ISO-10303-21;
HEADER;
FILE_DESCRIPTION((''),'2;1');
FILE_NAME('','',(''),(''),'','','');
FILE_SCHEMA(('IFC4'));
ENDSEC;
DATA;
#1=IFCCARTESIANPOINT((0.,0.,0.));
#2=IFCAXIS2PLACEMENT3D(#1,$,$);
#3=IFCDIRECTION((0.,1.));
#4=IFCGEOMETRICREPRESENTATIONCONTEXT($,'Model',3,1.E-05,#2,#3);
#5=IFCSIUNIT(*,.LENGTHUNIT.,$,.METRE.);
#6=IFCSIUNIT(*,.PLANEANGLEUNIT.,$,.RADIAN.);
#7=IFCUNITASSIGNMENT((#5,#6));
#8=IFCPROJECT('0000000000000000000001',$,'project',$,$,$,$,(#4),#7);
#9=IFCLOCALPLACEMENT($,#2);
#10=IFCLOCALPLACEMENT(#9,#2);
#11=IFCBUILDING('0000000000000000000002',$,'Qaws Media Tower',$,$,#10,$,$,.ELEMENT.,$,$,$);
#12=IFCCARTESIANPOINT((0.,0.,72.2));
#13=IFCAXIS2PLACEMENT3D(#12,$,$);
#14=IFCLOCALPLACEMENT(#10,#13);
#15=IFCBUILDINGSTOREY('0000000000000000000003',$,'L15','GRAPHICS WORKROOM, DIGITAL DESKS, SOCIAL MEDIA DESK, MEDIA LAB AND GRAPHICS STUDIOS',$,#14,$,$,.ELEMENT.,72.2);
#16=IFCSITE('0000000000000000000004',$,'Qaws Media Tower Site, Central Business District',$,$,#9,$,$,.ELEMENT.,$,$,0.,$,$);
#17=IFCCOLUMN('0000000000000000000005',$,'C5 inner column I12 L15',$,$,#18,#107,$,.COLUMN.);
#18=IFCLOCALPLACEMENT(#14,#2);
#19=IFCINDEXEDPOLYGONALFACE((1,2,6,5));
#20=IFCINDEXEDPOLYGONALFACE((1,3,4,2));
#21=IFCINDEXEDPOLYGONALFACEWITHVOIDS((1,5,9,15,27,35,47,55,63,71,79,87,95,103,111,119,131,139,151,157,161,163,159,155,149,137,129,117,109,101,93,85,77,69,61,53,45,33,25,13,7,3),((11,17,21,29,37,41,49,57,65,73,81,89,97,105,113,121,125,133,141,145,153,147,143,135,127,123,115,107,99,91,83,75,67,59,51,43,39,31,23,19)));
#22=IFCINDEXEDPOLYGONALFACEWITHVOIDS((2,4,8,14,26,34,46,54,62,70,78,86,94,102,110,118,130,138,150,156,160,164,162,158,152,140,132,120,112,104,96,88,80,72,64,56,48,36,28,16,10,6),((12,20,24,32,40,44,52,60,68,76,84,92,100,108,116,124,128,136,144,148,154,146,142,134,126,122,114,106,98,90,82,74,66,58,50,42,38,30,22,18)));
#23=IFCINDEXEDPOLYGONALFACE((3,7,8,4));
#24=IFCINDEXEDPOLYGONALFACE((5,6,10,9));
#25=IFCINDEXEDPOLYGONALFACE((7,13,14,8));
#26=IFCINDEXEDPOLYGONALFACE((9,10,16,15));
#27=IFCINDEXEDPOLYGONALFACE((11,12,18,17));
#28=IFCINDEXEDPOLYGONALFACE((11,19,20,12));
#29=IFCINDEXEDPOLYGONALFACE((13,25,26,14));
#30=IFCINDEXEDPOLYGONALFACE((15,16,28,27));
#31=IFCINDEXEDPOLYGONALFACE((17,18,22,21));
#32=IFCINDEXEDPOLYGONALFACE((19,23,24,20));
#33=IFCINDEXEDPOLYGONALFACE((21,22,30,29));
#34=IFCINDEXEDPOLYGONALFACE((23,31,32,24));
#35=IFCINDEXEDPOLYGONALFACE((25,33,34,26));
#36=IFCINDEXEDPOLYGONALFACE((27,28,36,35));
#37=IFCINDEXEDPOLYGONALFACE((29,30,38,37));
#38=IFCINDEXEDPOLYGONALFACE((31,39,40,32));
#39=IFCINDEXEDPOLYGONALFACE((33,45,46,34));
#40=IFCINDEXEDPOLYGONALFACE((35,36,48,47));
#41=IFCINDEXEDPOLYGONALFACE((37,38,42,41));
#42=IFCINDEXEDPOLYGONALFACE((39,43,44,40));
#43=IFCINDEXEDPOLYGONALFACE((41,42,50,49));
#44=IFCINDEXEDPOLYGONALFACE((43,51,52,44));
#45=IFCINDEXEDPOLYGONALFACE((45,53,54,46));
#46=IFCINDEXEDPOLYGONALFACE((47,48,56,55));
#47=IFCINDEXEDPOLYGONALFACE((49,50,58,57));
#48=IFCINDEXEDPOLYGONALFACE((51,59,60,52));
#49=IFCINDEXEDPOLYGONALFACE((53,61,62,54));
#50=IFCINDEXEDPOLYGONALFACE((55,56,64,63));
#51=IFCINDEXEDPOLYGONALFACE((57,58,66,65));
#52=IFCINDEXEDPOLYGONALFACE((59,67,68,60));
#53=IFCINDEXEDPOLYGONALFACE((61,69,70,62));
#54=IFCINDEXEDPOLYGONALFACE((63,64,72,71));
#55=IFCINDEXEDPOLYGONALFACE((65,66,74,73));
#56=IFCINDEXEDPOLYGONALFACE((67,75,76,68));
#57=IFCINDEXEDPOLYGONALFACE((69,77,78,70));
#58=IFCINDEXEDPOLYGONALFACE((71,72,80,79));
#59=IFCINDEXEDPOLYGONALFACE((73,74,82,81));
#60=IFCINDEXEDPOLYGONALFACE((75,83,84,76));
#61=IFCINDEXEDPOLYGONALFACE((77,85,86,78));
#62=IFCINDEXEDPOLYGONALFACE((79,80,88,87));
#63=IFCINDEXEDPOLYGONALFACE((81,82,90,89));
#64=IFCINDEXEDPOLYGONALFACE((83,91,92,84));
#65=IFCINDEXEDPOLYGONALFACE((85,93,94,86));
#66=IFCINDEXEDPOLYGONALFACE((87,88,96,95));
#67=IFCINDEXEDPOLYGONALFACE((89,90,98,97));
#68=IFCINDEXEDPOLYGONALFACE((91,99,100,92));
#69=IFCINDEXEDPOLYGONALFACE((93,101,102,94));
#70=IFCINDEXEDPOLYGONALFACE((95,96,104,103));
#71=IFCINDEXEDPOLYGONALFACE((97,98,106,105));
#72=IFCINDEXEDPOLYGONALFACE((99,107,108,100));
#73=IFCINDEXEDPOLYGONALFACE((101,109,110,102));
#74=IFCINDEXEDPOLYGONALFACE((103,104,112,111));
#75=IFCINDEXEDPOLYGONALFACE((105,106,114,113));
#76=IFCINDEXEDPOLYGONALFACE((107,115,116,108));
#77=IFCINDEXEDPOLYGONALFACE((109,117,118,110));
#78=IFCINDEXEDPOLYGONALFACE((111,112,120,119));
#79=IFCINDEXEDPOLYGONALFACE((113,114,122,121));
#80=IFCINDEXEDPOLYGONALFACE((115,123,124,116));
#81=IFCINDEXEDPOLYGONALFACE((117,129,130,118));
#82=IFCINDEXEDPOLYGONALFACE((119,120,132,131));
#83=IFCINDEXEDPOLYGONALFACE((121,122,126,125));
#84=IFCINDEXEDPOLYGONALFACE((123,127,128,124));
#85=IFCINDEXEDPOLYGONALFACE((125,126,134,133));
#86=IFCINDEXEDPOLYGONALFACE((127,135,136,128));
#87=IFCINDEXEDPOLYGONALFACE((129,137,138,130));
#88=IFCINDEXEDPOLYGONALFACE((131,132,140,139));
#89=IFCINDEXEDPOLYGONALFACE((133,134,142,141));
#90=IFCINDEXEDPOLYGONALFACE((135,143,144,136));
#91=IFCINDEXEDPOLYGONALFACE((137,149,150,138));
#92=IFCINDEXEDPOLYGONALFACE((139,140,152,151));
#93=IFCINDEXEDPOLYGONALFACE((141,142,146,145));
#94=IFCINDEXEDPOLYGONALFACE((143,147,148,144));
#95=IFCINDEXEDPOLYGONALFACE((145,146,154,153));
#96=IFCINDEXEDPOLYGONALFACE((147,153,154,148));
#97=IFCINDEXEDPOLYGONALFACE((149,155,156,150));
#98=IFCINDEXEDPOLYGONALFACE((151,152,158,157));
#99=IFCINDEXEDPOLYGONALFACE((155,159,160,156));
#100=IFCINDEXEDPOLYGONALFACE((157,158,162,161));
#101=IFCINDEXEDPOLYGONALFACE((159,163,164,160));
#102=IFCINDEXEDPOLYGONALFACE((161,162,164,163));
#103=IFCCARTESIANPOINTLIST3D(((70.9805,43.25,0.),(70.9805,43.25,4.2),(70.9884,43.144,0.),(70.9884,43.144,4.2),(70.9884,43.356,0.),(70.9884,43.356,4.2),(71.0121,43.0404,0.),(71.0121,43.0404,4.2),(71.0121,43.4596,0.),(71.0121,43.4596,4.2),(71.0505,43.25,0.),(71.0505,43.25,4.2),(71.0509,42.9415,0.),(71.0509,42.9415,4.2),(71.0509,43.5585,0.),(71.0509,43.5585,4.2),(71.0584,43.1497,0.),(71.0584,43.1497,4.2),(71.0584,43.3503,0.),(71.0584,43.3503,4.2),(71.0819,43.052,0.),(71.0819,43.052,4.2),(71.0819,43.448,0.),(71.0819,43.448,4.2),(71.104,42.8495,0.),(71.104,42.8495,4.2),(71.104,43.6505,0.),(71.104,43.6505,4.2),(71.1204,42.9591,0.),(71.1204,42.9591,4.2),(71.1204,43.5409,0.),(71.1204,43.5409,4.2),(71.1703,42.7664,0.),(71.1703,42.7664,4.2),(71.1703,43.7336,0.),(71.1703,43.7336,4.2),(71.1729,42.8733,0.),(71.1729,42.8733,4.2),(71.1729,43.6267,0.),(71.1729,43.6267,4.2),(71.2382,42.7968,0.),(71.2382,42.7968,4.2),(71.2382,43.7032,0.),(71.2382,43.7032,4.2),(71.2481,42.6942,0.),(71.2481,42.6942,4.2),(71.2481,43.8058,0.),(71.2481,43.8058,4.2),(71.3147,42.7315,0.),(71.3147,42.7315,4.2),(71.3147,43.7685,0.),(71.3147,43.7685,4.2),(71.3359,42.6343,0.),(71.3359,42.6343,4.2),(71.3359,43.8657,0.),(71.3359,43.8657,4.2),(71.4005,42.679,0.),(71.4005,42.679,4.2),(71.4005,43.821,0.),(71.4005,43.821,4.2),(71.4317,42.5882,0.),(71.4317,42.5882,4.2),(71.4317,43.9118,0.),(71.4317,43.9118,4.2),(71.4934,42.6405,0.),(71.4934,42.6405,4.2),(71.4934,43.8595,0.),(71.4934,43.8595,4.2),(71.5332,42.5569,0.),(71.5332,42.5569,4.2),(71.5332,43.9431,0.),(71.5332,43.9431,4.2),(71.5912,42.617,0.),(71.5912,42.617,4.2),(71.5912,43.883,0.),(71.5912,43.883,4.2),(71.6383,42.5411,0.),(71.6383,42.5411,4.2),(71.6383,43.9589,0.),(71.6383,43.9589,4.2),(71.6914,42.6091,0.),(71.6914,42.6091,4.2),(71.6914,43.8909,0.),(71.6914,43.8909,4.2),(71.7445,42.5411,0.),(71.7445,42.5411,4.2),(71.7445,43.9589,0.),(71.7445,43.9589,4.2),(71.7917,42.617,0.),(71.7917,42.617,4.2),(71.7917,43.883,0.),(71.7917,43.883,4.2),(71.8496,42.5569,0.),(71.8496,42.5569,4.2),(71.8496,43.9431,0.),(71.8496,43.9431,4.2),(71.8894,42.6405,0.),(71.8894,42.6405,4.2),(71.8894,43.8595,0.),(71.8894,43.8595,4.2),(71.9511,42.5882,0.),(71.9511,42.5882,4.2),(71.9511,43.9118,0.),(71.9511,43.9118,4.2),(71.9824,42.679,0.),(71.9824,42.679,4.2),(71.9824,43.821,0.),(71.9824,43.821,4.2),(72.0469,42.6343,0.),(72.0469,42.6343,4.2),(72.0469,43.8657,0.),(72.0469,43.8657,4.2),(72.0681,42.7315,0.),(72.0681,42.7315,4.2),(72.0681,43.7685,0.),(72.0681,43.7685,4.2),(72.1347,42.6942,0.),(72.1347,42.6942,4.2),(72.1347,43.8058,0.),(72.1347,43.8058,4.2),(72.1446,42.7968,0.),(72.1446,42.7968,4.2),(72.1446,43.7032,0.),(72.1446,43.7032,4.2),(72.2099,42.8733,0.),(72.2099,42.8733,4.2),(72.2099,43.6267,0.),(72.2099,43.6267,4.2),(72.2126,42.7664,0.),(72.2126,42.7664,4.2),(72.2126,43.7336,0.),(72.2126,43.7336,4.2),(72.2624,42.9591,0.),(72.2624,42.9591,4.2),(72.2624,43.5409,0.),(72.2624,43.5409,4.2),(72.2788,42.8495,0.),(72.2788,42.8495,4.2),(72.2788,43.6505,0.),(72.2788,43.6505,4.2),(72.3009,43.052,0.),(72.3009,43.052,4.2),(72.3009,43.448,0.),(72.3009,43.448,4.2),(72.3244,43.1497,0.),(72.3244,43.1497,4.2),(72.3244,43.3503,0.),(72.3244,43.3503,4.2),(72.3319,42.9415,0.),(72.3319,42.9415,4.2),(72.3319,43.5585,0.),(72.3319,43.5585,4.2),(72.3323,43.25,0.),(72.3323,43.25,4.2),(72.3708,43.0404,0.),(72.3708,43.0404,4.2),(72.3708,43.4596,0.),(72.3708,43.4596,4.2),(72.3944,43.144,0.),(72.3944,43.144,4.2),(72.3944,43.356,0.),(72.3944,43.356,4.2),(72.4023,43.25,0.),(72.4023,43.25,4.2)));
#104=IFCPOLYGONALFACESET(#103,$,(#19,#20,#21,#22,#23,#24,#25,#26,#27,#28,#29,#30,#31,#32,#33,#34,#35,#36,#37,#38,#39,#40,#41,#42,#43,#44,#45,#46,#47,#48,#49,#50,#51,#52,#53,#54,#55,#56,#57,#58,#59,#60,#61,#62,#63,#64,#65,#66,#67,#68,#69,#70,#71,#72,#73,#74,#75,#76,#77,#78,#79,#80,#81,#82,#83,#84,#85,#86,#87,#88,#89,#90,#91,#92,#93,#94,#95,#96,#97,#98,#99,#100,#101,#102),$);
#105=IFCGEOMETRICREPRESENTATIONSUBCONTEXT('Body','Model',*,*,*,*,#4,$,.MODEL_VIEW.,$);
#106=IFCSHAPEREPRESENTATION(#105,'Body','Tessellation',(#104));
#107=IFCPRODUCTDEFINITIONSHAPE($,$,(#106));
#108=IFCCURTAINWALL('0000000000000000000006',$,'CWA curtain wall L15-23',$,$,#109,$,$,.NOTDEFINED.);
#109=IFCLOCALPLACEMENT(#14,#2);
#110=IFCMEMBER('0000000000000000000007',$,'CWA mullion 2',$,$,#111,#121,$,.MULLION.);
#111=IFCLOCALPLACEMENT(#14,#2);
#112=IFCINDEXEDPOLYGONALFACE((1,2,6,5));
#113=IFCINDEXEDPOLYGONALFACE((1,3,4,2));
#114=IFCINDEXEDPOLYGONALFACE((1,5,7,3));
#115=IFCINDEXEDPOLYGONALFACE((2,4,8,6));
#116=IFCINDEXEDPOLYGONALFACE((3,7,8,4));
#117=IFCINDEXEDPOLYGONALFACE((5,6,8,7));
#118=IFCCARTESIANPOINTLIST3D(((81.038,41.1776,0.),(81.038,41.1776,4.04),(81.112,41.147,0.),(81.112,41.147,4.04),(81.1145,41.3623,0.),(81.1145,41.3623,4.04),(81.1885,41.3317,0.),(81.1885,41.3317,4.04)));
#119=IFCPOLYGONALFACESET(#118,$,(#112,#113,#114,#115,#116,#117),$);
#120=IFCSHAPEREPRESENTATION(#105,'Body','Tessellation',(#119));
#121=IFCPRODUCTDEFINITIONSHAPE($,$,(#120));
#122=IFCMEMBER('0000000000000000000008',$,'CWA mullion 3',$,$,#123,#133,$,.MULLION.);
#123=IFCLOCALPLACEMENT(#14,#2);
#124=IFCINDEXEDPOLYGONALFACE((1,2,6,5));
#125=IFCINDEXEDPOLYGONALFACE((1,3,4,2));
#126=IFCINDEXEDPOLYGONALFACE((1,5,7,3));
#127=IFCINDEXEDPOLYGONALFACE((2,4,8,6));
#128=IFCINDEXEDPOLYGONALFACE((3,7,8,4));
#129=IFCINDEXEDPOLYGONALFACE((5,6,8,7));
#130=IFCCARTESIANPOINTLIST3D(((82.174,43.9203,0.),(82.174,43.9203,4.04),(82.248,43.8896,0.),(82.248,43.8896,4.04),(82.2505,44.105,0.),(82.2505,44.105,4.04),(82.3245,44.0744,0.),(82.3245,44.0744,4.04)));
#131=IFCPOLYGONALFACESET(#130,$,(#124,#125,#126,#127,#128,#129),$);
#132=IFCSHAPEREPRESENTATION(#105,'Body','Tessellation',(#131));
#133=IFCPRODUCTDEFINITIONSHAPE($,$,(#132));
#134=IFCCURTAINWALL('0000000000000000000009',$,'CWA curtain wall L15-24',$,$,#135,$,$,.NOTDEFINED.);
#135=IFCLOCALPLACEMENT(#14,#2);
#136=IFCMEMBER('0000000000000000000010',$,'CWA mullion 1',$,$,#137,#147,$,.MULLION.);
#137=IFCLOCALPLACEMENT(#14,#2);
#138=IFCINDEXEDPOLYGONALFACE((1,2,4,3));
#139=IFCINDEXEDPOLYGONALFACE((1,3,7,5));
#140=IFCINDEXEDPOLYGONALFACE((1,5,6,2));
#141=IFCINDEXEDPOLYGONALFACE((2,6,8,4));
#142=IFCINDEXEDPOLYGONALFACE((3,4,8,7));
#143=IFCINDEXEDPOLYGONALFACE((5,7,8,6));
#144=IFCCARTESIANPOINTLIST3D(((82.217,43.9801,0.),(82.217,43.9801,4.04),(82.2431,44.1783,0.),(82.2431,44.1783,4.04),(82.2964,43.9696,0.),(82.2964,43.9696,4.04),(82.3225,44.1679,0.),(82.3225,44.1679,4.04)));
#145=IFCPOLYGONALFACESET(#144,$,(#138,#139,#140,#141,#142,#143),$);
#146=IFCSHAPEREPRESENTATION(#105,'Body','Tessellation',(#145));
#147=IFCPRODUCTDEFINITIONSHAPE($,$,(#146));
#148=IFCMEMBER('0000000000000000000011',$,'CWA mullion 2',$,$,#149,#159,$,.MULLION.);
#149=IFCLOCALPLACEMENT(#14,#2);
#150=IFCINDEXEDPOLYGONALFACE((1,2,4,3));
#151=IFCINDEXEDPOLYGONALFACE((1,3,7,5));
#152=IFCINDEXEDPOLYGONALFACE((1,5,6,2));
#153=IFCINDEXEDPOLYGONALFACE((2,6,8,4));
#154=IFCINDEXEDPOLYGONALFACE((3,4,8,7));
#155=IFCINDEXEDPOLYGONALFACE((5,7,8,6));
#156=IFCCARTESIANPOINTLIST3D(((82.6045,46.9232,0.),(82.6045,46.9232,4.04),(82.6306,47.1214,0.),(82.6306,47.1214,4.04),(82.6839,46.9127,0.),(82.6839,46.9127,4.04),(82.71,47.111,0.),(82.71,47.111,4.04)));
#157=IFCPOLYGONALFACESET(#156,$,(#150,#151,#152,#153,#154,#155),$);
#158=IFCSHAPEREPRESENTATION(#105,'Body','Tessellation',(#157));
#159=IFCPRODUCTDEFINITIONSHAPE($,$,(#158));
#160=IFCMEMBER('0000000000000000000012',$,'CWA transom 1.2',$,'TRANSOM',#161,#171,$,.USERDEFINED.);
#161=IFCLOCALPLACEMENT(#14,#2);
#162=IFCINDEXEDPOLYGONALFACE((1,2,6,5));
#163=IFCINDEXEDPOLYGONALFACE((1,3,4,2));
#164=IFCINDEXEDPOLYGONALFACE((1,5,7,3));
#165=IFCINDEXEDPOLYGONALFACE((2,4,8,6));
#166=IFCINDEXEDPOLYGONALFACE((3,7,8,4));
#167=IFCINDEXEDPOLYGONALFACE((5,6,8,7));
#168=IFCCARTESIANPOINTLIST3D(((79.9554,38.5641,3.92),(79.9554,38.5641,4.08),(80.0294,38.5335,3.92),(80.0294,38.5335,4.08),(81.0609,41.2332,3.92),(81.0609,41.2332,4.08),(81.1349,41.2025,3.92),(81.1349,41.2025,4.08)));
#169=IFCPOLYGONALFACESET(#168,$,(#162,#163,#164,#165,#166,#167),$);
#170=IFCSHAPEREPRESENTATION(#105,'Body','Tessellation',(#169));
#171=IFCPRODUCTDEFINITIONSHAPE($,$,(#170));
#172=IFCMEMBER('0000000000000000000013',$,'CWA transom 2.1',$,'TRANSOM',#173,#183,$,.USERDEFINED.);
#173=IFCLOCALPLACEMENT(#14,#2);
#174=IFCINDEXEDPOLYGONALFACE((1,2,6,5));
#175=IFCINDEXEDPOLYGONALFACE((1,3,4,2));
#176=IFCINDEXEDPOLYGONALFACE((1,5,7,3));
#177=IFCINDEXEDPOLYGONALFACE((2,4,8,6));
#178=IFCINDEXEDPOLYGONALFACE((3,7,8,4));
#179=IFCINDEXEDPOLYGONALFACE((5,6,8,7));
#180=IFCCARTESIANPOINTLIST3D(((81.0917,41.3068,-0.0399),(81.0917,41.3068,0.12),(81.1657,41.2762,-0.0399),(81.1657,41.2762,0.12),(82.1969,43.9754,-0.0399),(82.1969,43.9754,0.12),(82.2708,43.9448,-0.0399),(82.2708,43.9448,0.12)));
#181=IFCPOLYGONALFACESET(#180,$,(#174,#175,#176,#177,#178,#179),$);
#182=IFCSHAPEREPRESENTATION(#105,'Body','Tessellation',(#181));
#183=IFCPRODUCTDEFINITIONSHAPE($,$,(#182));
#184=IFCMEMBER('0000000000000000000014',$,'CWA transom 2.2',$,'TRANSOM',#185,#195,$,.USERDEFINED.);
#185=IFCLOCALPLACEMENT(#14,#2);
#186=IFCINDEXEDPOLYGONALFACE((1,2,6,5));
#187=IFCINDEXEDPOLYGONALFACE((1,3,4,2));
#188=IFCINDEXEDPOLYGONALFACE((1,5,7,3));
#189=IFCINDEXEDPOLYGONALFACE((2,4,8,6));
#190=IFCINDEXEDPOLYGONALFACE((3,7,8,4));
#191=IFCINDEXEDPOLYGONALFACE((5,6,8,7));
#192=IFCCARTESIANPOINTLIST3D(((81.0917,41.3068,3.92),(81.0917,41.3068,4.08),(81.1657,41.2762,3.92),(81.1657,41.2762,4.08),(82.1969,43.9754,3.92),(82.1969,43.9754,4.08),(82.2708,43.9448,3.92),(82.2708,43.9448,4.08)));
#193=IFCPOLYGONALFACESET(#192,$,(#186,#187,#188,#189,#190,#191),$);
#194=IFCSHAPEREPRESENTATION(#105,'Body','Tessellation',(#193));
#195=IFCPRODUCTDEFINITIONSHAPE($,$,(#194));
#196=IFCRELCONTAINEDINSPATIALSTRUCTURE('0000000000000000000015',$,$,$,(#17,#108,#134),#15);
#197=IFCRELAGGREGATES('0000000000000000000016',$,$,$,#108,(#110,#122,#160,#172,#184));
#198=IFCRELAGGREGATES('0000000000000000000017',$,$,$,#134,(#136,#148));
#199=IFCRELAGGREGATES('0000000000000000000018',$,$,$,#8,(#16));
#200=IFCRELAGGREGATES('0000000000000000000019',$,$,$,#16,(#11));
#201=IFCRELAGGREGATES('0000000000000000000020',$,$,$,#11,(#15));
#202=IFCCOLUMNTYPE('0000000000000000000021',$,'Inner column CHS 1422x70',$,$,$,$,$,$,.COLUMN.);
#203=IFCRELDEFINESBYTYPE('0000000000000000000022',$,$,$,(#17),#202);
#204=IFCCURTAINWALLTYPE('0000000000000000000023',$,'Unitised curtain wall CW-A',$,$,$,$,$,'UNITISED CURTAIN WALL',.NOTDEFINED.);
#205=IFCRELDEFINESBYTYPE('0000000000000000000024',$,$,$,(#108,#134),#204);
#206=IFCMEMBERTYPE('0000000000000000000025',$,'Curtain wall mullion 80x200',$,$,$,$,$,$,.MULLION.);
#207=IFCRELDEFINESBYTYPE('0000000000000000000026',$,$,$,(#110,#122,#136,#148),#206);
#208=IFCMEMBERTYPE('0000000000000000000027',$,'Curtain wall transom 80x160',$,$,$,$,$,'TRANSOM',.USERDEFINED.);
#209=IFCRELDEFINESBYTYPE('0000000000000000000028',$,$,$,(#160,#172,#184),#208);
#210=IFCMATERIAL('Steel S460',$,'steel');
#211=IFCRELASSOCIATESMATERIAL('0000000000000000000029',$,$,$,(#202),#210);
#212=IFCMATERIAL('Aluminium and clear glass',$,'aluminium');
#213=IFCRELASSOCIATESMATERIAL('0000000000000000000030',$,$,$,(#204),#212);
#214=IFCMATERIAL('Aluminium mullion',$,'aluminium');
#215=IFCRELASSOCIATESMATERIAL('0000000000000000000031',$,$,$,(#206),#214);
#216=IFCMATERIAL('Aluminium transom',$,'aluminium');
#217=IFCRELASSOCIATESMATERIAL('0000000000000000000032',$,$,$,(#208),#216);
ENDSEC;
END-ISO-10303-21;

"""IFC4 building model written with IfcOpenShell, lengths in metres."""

from ifc_helpers import new_model, si_unit, direction, frame, origin, origin_2d, place, context, subcontext, project, spatial, rectangle, hollow_circle, extrude, material, material_profile, profile_set, type_object, element, aggregate, save


model = new_model("IFC4")

# Units and contexts
model_context = context("Model", 3, precision=1e-05, world=origin(), true_north=direction((0.0, 1.0)))
body_context = subcontext(model_context, "Body", "Model", "MODEL_VIEW")
ifc_project = project(units=[si_unit("LENGTHUNIT", "METRE"), si_unit("PLANEANGLEUNIT", "RADIAN")], contexts=[model_context])

# Site, building, storey
site_placement = place(None, origin())
site = spatial("IfcSite", under=ifc_project, at=site_placement, Name="Qaws Media Tower Site, Central Business District", CompositionType="ELEMENT", RefElevation=0.0)
building_placement = place(site_placement, origin())
building = spatial("IfcBuilding", under=site, at=building_placement, Name="Qaws Media Tower", CompositionType="ELEMENT")
storey_placement = place(building_placement, frame((0.0, 0.0, 72.2)))
storey = spatial("IfcBuildingStorey", under=building, at=storey_placement, Name="L15", Description="GRAPHICS WORKROOM, DIGITAL DESKS, SOCIAL MEDIA DESK, MEDIA LAB AND GRAPHICS STUDIOS", CompositionType="ELEMENT", Elevation=72.2)

# Column
ifc_material_1 = material(Name="Steel S460", Category="steel")
ifc_material_profile_1 = material_profile(ifc_material_1, hollow_circle(Radius=0.7109, WallThickness=0.0701, at=origin_2d()), Name="CHS 1422x70")
ifc_profile_set_1 = profile_set([ifc_material_profile_1], Name="Steel S460")
column_type = type_object("IfcColumnType", Name="Inner column CHS 1422x70", PredefinedType="COLUMN", material=ifc_profile_set_1)
column_placement = place(storey_placement, frame((71.6914, 43.25, 0.0), z_axis=(0.0, 0.0, 1.0), x_axis=(1.0, 0.0, 0.0)))
element("IfcColumn", 1, at=column_placement, inside=storey, type_object=column_type, Name="C5 inner column I12 L15", PredefinedType="COLUMN", context=body_context, shape_type="SweptSolid", body=[
    extrude(hollow_circle(Radius=0.7109, WallThickness=0.0701, at=origin_2d()), origin(), (0.0, 0.0, 1.0), 4.2),
])

# Curtain walls, members
ifc_material_2 = material(Name="Aluminium and clear glass", Category="aluminium")
curtain_wall_type = type_object("IfcCurtainWallType", Name="Unitised curtain wall CW-A", ElementType="UNITISED CURTAIN WALL", PredefinedType="NOTDEFINED", material=ifc_material_2)
curtain_wall_1_placement = place(storey_placement, origin())
curtain_wall_1 = element("IfcCurtainWall", 2, at=curtain_wall_1_placement, inside=storey, type_object=curtain_wall_type, Name="CWA curtain wall L15-23", PredefinedType="NOTDEFINED")
ifc_material_3 = material(Name="Aluminium mullion", Category="aluminium")
ifc_material_profile_2 = material_profile(ifc_material_3, rectangle(XDim=0.0801, YDim=0.2, at=origin_2d()), Name="80x200")
ifc_profile_set_2 = profile_set([ifc_material_profile_2], Name="Aluminium mullion")
member_type_1 = type_object("IfcMemberType", Name="Curtain wall mullion 80x200", PredefinedType="MULLION", material=ifc_profile_set_2)
member_1_placement = place(storey_placement, frame((81.1133, 41.2546, 0.0), z_axis=(0.0, 0.0, 1.0), x_axis=(-0.92388, 0.382683, 0.0)))
member_1 = element("IfcMember", 3, at=member_1_placement, type_object=member_type_1, Name="CWA mullion 2", PredefinedType="MULLION", context=body_context, shape_type="SweptSolid", body=[
    extrude(rectangle(XDim=0.0801, YDim=0.2, at=origin_2d()), origin(), (0.0, 0.0, 1.0), 4.04),
])
member_2_placement = place(storey_placement, frame((82.2493, 43.9973, 0.0), z_axis=(0.0, 0.0, 1.0), x_axis=(-0.92388, 0.382683, 0.0)))
member_2 = element("IfcMember", 4, at=member_2_placement, type_object=member_type_1, Name="CWA mullion 3", PredefinedType="MULLION", context=body_context, shape_type="SweptSolid", body=[
    extrude(rectangle(XDim=0.0801, YDim=0.2, at=origin_2d()), origin(), (0.0, 0.0, 1.0), 4.04),
])
curtain_wall_2_placement = place(storey_placement, origin())
curtain_wall_2 = element("IfcCurtainWall", 5, at=curtain_wall_2_placement, inside=storey, type_object=curtain_wall_type, Name="CWA curtain wall L15-24", PredefinedType="NOTDEFINED")
member_3_placement = place(storey_placement, frame((82.2698, 44.074, 0.0), z_axis=(0.0, 0.0, 1.0), x_axis=(-0.991445, 0.130526, 0.0)))
member_3 = element("IfcMember", 6, at=member_3_placement, type_object=member_type_1, Name="CWA mullion 1", PredefinedType="MULLION", context=body_context, shape_type="SweptSolid", body=[
    extrude(rectangle(XDim=0.0801, YDim=0.2, at=origin_2d()), origin(), (0.0, 0.0, 1.0), 4.04),
])
member_4_placement = place(storey_placement, frame((82.6572, 47.0171, 0.0), z_axis=(0.0, 0.0, 1.0), x_axis=(-0.991445, 0.130526, 0.0)))
member_4 = element("IfcMember", 7, at=member_4_placement, type_object=member_type_1, Name="CWA mullion 2", PredefinedType="MULLION", context=body_context, shape_type="SweptSolid", body=[
    extrude(rectangle(XDim=0.0801, YDim=0.2, at=origin_2d()), origin(), (0.0, 0.0, 1.0), 4.04),
])

# Members
ifc_material_4 = material(Name="Aluminium transom", Category="aluminium")
ifc_material_profile_3 = material_profile(ifc_material_4, rectangle(XDim=0.0801, YDim=0.1599, at=origin_2d()), Name="80x160")
ifc_profile_set_3 = profile_set([ifc_material_profile_3], Name="Aluminium transom")
member_type_2 = type_object("IfcMemberType", Name="Curtain wall transom 80x160", ElementType="TRANSOM", PredefinedType="USERDEFINED", material=ifc_profile_set_3)
member_5_placement = place(storey_placement, frame((79.9924, 38.5488, 4.0), z_axis=(0.38267, 0.923885, 0.0), x_axis=(-0.923885, 0.38267, 0.0)))
member_5 = element("IfcMember", 8, at=member_5_placement, type_object=member_type_2, Name="CWA transom 1.2", ObjectType="TRANSOM", PredefinedType="USERDEFINED", context=body_context, shape_type="SweptSolid", body=[
    extrude(rectangle(XDim=0.0801, YDim=0.1599, at=origin_2d()), origin(), (0.0, 0.0, 1.0), 2.8889),
])
member_6_placement = place(storey_placement, frame((81.1287, 41.2915, 0.04), z_axis=(0.382628, 0.923902, 0.0), x_axis=(-0.923902, 0.382628, 0.0)))
member_6 = element("IfcMember", 9, at=member_6_placement, type_object=member_type_2, Name="CWA transom 2.1", ObjectType="TRANSOM", PredefinedType="USERDEFINED", context=body_context, shape_type="SweptSolid", body=[
    extrude(rectangle(XDim=0.0801, YDim=0.1599, at=origin_2d()), origin(), (0.0, 0.0, 1.0), 2.8884),
])
member_7_placement = place(storey_placement, frame((81.1287, 41.2915, 4.0), z_axis=(0.382628, 0.923902, 0.0), x_axis=(-0.923902, 0.382628, 0.0)))
member_7 = element("IfcMember", 10, at=member_7_placement, type_object=member_type_2, Name="CWA transom 2.2", ObjectType="TRANSOM", PredefinedType="USERDEFINED", context=body_context, shape_type="SweptSolid", body=[
    extrude(rectangle(XDim=0.0801, YDim=0.1599, at=origin_2d()), origin(), (0.0, 0.0, 1.0), 2.8884),
])

aggregate(curtain_wall_1, [member_1, member_2, member_5, member_6, member_7])
aggregate(curtain_wall_2, [member_3, member_4])

save(model, "model.ifc")
